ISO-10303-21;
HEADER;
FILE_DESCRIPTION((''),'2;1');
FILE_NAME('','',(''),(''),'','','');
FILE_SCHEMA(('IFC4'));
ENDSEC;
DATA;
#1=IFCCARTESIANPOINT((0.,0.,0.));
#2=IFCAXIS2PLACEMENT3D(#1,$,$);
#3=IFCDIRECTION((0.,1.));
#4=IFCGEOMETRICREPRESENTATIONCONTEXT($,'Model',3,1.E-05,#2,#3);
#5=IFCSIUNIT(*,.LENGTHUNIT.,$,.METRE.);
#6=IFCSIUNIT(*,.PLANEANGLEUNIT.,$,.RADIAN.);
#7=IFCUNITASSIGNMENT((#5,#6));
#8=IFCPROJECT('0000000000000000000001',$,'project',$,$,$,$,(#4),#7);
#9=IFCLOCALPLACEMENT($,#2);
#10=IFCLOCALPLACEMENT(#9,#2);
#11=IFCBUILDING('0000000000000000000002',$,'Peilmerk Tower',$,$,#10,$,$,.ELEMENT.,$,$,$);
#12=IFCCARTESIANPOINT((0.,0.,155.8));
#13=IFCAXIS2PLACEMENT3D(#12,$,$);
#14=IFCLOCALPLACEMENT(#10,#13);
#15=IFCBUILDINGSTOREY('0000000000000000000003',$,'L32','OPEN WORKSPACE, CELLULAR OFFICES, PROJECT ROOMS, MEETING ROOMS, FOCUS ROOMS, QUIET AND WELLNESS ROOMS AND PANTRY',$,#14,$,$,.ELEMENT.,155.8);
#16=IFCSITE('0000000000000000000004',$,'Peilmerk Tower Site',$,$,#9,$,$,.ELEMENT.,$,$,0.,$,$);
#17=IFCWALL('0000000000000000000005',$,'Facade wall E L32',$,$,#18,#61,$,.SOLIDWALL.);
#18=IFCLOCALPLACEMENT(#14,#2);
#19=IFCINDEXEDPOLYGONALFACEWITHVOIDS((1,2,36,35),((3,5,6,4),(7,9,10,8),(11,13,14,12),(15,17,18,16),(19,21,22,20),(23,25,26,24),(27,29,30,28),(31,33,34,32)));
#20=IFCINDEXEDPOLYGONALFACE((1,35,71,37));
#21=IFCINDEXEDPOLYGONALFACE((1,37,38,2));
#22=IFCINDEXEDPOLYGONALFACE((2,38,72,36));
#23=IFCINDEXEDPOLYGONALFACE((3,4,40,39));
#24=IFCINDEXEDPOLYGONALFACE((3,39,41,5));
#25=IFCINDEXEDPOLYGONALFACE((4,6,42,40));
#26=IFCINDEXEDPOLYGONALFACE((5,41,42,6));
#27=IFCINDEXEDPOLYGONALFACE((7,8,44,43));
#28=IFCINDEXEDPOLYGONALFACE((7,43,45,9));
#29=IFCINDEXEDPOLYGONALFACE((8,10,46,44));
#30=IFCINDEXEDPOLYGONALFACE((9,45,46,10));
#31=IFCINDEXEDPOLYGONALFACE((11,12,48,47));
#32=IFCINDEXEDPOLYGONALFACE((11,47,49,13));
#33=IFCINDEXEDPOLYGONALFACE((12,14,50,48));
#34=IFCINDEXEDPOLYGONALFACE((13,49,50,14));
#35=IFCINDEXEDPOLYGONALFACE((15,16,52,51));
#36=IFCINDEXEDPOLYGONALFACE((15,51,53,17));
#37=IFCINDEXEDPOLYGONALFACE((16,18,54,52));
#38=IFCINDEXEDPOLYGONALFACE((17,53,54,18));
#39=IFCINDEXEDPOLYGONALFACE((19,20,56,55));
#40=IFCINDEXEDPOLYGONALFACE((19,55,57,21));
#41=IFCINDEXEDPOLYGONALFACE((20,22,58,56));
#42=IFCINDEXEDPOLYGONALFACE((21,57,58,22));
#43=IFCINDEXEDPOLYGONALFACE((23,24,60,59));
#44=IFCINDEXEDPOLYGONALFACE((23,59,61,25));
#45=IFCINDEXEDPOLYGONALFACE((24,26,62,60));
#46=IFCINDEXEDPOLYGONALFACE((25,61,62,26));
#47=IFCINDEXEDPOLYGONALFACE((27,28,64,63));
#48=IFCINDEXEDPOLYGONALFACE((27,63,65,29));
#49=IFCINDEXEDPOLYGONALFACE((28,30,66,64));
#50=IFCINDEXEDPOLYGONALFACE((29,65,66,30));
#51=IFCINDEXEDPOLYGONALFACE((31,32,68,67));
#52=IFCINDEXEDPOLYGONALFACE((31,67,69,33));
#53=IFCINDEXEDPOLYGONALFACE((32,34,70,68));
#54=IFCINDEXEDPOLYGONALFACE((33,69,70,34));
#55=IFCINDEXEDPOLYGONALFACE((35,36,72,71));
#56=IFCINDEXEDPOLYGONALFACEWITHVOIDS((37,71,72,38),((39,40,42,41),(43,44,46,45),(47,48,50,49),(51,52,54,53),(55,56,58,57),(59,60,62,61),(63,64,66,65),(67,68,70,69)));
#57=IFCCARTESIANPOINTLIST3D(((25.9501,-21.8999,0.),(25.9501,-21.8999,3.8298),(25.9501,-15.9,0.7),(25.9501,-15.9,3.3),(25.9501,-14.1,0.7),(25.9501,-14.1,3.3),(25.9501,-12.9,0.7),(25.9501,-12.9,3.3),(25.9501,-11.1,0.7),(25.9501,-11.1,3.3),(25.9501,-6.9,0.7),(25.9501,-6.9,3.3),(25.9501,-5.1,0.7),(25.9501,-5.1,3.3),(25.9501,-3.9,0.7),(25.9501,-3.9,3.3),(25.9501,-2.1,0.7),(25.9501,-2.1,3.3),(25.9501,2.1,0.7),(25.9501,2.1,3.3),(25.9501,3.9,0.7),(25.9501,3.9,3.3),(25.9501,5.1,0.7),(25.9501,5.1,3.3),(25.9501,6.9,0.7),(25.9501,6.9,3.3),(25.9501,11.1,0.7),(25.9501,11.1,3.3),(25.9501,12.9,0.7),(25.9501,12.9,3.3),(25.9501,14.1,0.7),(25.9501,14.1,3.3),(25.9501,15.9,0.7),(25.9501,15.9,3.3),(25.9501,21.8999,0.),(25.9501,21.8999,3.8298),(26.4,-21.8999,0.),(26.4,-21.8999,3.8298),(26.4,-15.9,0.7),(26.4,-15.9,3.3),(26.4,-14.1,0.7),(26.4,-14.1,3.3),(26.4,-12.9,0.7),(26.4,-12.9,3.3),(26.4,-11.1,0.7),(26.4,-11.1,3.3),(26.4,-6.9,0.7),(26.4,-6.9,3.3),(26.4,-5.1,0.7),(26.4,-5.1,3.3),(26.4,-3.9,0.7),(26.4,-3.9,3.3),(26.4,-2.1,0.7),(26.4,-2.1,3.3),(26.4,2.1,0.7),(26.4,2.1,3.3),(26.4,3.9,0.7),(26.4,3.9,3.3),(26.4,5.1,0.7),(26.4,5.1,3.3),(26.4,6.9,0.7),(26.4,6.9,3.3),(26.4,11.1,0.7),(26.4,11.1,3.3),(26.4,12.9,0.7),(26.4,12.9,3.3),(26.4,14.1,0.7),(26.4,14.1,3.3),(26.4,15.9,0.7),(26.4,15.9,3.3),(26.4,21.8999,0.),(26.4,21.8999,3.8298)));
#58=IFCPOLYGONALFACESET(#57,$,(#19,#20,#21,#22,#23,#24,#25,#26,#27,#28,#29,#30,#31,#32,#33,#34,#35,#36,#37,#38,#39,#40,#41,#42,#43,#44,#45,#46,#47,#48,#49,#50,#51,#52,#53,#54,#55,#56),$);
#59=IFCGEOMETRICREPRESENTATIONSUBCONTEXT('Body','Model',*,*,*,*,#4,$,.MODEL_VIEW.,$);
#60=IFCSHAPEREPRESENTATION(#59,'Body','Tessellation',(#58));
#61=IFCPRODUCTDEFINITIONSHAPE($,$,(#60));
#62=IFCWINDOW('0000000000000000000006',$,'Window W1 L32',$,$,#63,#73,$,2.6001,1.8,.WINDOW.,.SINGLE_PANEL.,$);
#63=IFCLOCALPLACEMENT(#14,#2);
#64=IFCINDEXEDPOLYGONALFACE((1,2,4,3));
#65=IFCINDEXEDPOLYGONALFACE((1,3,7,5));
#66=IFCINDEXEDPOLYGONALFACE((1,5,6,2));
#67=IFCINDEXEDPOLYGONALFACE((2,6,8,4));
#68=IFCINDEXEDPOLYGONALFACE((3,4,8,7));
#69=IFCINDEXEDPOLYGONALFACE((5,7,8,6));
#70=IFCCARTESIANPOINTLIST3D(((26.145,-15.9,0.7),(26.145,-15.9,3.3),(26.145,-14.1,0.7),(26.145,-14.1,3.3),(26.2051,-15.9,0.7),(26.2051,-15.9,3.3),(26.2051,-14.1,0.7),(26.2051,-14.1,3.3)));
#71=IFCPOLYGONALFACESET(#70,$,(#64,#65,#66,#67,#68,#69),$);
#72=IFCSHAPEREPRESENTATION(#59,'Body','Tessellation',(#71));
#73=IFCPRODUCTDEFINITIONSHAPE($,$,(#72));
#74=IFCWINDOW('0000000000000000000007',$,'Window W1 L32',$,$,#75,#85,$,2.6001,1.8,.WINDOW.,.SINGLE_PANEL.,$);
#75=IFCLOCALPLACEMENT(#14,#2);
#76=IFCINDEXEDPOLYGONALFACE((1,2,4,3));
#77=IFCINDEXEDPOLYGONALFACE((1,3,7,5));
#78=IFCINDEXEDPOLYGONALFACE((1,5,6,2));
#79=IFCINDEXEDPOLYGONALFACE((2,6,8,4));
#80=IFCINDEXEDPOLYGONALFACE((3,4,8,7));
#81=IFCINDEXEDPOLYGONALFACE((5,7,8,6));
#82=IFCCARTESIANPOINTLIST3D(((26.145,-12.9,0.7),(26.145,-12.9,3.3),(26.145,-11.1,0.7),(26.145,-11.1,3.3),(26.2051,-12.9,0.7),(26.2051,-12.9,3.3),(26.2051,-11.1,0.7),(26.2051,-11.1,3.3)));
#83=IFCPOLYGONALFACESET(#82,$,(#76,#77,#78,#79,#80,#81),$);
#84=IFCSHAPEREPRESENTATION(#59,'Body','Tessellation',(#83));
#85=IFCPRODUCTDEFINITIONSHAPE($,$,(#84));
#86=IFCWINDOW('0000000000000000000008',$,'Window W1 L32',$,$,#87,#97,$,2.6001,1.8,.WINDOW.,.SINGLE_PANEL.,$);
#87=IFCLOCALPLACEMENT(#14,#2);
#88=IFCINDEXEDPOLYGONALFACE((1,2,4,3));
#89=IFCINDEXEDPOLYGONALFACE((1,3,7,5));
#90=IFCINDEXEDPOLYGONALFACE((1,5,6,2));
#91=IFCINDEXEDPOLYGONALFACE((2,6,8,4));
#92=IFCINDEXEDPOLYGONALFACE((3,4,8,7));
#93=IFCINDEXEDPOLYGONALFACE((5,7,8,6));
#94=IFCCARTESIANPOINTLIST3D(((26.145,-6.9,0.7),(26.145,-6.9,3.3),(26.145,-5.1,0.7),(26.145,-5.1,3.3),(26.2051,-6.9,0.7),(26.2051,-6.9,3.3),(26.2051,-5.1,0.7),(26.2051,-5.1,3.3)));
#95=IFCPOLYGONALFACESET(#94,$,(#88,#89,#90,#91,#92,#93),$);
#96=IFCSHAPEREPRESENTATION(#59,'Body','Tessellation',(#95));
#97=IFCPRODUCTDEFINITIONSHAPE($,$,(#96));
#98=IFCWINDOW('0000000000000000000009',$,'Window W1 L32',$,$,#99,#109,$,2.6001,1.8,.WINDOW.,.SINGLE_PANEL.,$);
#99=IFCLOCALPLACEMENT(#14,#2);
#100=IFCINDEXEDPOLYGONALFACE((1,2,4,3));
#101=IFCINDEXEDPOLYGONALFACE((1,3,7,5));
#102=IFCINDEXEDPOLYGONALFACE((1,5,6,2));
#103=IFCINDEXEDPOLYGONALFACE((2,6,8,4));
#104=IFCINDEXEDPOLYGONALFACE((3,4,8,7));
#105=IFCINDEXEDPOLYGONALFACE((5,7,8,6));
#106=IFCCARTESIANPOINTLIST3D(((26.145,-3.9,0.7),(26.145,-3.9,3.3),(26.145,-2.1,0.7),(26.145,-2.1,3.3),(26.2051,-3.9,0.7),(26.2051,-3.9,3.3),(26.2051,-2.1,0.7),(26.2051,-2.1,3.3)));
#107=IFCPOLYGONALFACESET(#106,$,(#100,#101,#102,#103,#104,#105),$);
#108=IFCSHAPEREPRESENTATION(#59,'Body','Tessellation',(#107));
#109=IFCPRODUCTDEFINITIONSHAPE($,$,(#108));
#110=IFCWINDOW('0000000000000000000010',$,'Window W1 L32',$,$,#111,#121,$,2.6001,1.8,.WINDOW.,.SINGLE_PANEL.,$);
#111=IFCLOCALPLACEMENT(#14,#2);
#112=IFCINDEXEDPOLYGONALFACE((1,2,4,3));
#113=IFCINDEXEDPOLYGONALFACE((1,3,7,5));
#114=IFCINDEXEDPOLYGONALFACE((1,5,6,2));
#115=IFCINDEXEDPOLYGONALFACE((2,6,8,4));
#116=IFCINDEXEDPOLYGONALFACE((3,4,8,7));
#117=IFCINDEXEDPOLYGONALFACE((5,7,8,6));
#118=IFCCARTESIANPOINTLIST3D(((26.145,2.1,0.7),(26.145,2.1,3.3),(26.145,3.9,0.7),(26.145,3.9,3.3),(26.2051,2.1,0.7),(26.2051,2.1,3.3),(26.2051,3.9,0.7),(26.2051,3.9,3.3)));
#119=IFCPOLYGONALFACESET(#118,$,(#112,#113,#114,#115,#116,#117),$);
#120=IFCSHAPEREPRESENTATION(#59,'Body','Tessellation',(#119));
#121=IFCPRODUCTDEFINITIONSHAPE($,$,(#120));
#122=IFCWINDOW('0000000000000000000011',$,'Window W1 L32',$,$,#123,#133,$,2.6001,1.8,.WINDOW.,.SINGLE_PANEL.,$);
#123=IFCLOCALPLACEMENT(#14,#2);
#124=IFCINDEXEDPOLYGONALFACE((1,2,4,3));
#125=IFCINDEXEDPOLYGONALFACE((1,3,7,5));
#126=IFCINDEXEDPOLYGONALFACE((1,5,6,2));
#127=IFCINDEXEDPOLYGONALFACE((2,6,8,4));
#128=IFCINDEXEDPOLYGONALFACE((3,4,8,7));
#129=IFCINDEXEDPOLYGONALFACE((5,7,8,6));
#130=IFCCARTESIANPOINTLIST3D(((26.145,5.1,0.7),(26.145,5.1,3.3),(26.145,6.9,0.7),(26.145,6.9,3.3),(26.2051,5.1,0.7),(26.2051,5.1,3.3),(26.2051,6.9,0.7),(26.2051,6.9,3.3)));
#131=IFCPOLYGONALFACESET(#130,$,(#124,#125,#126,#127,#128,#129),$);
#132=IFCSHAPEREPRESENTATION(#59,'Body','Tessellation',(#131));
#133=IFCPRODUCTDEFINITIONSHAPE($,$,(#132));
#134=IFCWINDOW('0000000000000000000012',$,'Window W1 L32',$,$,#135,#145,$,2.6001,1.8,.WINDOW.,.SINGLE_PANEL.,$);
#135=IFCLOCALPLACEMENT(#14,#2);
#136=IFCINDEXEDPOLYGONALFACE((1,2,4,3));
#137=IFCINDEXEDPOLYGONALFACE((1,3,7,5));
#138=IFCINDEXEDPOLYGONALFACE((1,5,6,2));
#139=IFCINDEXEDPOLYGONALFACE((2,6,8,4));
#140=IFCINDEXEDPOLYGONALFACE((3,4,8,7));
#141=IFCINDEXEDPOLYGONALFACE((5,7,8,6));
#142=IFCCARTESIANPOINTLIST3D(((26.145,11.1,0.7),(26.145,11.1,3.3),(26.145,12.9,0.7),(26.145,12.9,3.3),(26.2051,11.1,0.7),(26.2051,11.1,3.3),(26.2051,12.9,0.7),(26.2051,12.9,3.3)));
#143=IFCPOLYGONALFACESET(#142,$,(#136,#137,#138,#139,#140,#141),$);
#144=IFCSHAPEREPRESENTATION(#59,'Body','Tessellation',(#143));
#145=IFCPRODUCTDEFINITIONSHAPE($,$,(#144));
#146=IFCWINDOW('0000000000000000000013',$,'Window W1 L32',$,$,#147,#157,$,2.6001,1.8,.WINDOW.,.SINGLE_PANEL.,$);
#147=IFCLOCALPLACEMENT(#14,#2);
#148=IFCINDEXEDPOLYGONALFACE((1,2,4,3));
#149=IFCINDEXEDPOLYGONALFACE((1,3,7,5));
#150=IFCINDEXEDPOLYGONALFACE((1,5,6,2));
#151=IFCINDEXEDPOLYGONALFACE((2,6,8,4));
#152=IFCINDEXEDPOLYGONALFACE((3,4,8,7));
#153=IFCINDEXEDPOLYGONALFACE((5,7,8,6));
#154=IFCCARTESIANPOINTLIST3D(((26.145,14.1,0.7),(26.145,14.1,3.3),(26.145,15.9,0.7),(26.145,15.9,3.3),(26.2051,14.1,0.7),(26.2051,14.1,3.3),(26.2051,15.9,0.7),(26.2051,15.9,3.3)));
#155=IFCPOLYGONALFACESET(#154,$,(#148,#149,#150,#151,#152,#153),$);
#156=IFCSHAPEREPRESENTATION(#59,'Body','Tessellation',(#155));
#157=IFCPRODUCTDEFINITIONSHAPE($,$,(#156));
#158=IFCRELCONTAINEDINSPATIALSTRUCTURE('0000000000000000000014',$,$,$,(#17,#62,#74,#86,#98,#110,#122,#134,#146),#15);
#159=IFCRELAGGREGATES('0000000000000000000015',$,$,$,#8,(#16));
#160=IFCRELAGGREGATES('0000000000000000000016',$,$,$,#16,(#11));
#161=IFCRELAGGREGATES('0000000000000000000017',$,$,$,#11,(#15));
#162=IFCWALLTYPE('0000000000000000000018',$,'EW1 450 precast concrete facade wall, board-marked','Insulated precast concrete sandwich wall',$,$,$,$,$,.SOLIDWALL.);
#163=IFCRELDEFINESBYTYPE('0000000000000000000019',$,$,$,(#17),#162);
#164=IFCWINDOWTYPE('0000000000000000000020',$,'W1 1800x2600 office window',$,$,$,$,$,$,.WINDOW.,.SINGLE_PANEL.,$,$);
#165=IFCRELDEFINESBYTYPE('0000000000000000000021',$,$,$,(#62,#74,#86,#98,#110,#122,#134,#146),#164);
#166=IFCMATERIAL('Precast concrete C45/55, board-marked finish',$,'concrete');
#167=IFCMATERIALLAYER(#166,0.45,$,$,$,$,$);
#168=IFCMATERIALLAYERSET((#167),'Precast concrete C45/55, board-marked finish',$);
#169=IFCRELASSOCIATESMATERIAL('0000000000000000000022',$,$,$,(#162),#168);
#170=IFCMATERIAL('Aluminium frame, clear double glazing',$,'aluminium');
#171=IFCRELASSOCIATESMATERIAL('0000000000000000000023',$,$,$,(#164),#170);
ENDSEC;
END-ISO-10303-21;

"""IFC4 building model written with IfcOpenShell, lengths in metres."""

from ifc_helpers import new_model, si_unit, direction, frame, frame_2d, origin, place, context, subcontext, project, spatial, rectangle, extrude, material, layer, layer_set, type_object, element, fill, save


model = new_model("IFC4")

# Units and contexts
model_context = context("Model", 3, precision=1e-05, world=origin(), true_north=direction((0.0, 1.0)))
body_context = subcontext(model_context, "Body", "Model", "MODEL_VIEW")
ifc_project = project(units=[si_unit("LENGTHUNIT", "METRE"), si_unit("PLANEANGLEUNIT", "RADIAN")], contexts=[model_context])

# Site, building, storey
site_placement = place(None, origin())
site = spatial("IfcSite", under=ifc_project, at=site_placement, Name="Peilmerk Tower Site", CompositionType="ELEMENT", RefElevation=0.0)
building_placement = place(site_placement, origin())
building = spatial("IfcBuilding", under=site, at=building_placement, Name="Peilmerk Tower", CompositionType="ELEMENT")
storey_placement = place(building_placement, frame((0.0, 0.0, 155.8)))
storey = spatial("IfcBuildingStorey", under=building, at=storey_placement, Name="L32", Description="OPEN WORKSPACE, CELLULAR OFFICES, PROJECT ROOMS, MEETING ROOMS, FOCUS ROOMS, QUIET AND WELLNESS ROOMS AND PANTRY", CompositionType="ELEMENT", Elevation=155.8)

# Wall, openings, windows
ifc_material_1 = material(Name="Precast concrete C45/55, board-marked finish", Category="concrete")
ifc_layer_1 = layer(ifc_material_1, 0.45)
ifc_layer_set_1 = layer_set([ifc_layer_1], Name="Precast concrete C45/55, board-marked finish")
wall_type = type_object("IfcWallType", Name="EW1 450 precast concrete facade wall, board-marked", Description="Insulated precast concrete sandwich wall", PredefinedType="SOLIDWALL", material=ifc_layer_set_1)
wall_1_placement = place(storey_placement, frame((26.175, -21.8999, 0.0), z_axis=(0.0, 0.0, 1.0), x_axis=(0.0, 1.0, 0.0)))
wall_1 = element("IfcWall", 1, at=wall_1_placement, inside=storey, type_object=wall_type, Name="Facade wall E L32", PredefinedType="SOLIDWALL", context=body_context, shape_type="SweptSolid", body=[
    extrude(rectangle(XDim=43.7998, YDim=0.45, at=frame_2d((21.8999, 0.0))), origin(), (0.0, 0.0, 1.0), 3.8298),
])
opening_1_placement = place(wall_1_placement, frame((6.0, 0.0, 0.7)))
opening_1 = element("IfcOpeningElement", 2, at=opening_1_placement, cuts=wall_1, PredefinedType="OPENING", context=body_context, shape_type="SweptSolid", body=[
    extrude(rectangle(XDim=1.8, YDim=2.6001, at=frame_2d((0.8999, 1.3))), frame((0.0, 0.2349, 0.0), z_axis=(0.0, -1.0, 0.0), x_axis=(1.0, 0.0, 0.0)), (0.0, 0.0, 1.0), 0.47),
])
opening_2_placement = place(wall_1_placement, frame((9.0, 0.0, 0.7)))
opening_2 = element("IfcOpeningElement", 3, at=opening_2_placement, cuts=wall_1, PredefinedType="OPENING", context=body_context, shape_type="SweptSolid", body=[
    extrude(rectangle(XDim=1.8, YDim=2.6001, at=frame_2d((0.8999, 1.3))), frame((0.0, 0.2349, 0.0), z_axis=(0.0, -1.0, 0.0), x_axis=(1.0, 0.0, 0.0)), (0.0, 0.0, 1.0), 0.47),
])
opening_3_placement = place(wall_1_placement, frame((15.0, 0.0, 0.7)))
opening_3 = element("IfcOpeningElement", 4, at=opening_3_placement, cuts=wall_1, PredefinedType="OPENING", context=body_context, shape_type="SweptSolid", body=[
    extrude(rectangle(XDim=1.8, YDim=2.6001, at=frame_2d((0.8999, 1.3))), frame((0.0, 0.2349, 0.0), z_axis=(0.0, -1.0, 0.0), x_axis=(1.0, 0.0, 0.0)), (0.0, 0.0, 1.0), 0.47),
])
opening_4_placement = place(wall_1_placement, frame((18.0, 0.0, 0.7)))
opening_4 = element("IfcOpeningElement", 5, at=opening_4_placement, cuts=wall_1, PredefinedType="OPENING", context=body_context, shape_type="SweptSolid", body=[
    extrude(rectangle(XDim=1.8, YDim=2.6001, at=frame_2d((0.8999, 1.3))), frame((0.0, 0.2349, 0.0), z_axis=(0.0, -1.0, 0.0), x_axis=(1.0, 0.0, 0.0)), (0.0, 0.0, 1.0), 0.47),
])
opening_5_placement = place(wall_1_placement, frame((24.0, 0.0, 0.7)))
opening_5 = element("IfcOpeningElement", 6, at=opening_5_placement, cuts=wall_1, PredefinedType="OPENING", context=body_context, shape_type="SweptSolid", body=[
    extrude(rectangle(XDim=1.8, YDim=2.6001, at=frame_2d((0.8999, 1.3))), frame((0.0, 0.2349, 0.0), z_axis=(0.0, -1.0, 0.0), x_axis=(1.0, 0.0, 0.0)), (0.0, 0.0, 1.0), 0.47),
])
opening_6_placement = place(wall_1_placement, frame((27.0, 0.0, 0.7)))
opening_6 = element("IfcOpeningElement", 7, at=opening_6_placement, cuts=wall_1, PredefinedType="OPENING", context=body_context, shape_type="SweptSolid", body=[
    extrude(rectangle(XDim=1.8, YDim=2.6001, at=frame_2d((0.8999, 1.3))), frame((0.0, 0.2349, 0.0), z_axis=(0.0, -1.0, 0.0), x_axis=(1.0, 0.0, 0.0)), (0.0, 0.0, 1.0), 0.47),
])
opening_7_placement = place(wall_1_placement, frame((33.0, 0.0, 0.7)))
opening_7 = element("IfcOpeningElement", 8, at=opening_7_placement, cuts=wall_1, PredefinedType="OPENING", context=body_context, shape_type="SweptSolid", body=[
    extrude(rectangle(XDim=1.8, YDim=2.6001, at=frame_2d((0.8999, 1.3))), frame((0.0, 0.2349, 0.0), z_axis=(0.0, -1.0, 0.0), x_axis=(1.0, 0.0, 0.0)), (0.0, 0.0, 1.0), 0.47),
])
opening_8_placement = place(wall_1_placement, frame((36.0, 0.0, 0.7)))
opening_8 = element("IfcOpeningElement", 9, at=opening_8_placement, cuts=wall_1, PredefinedType="OPENING", context=body_context, shape_type="SweptSolid", body=[
    extrude(rectangle(XDim=1.8, YDim=2.6001, at=frame_2d((0.8999, 1.3))), frame((0.0, 0.2349, 0.0), z_axis=(0.0, -1.0, 0.0), x_axis=(1.0, 0.0, 0.0)), (0.0, 0.0, 1.0), 0.47),
])
ifc_material_2 = material(Name="Aluminium frame, clear double glazing", Category="aluminium")
window_type = type_object("IfcWindowType", Name="W1 1800x2600 office window", PartitioningType="SINGLE_PANEL", PredefinedType="WINDOW", material=ifc_material_2)
window_1_placement = place(opening_1_placement, origin())
window_1 = element("IfcWindow", 10, at=window_1_placement, inside=storey, type_object=window_type, Name="Window W1 L32", OverallHeight=2.6001, OverallWidth=1.8, PartitioningType="SINGLE_PANEL", PredefinedType="WINDOW", context=body_context, shape_type="SweptSolid", body=[
    extrude(rectangle(XDim=1.8, YDim=2.6001, at=frame_2d((0.8999, 1.3))), frame((0.0, 0.03, 0.0), z_axis=(0.0, -1.0, 0.0), x_axis=(1.0, 0.0, 0.0)), (0.0, 0.0, 1.0), 0.0601),
])
fill(opening_1, window_1)
window_2_placement = place(opening_2_placement, origin())
window_2 = element("IfcWindow", 11, at=window_2_placement, inside=storey, type_object=window_type, Name="Window W1 L32", OverallHeight=2.6001, OverallWidth=1.8, PartitioningType="SINGLE_PANEL", PredefinedType="WINDOW", context=body_context, shape_type="SweptSolid", body=[
    extrude(rectangle(XDim=1.8, YDim=2.6001, at=frame_2d((0.8999, 1.3))), frame((0.0, 0.03, 0.0), z_axis=(0.0, -1.0, 0.0), x_axis=(1.0, 0.0, 0.0)), (0.0, 0.0, 1.0), 0.0601),
])
fill(opening_2, window_2)
window_3_placement = place(opening_3_placement, origin())
window_3 = element("IfcWindow", 12, at=window_3_placement, inside=storey, type_object=window_type, Name="Window W1 L32", OverallHeight=2.6001, OverallWidth=1.8, PartitioningType="SINGLE_PANEL", PredefinedType="WINDOW", context=body_context, shape_type="SweptSolid", body=[
    extrude(rectangle(XDim=1.8, YDim=2.6001, at=frame_2d((0.8999, 1.3))), frame((0.0, 0.03, 0.0), z_axis=(0.0, -1.0, 0.0), x_axis=(1.0, 0.0, 0.0)), (0.0, 0.0, 1.0), 0.0601),
])
fill(opening_3, window_3)
window_4_placement = place(opening_4_placement, origin())
window_4 = element("IfcWindow", 13, at=window_4_placement, inside=storey, type_object=window_type, Name="Window W1 L32", OverallHeight=2.6001, OverallWidth=1.8, PartitioningType="SINGLE_PANEL", PredefinedType="WINDOW", context=body_context, shape_type="SweptSolid", body=[
    extrude(rectangle(XDim=1.8, YDim=2.6001, at=frame_2d((0.8999, 1.3))), frame((0.0, 0.03, 0.0), z_axis=(0.0, -1.0, 0.0), x_axis=(1.0, 0.0, 0.0)), (0.0, 0.0, 1.0), 0.0601),
])
fill(opening_4, window_4)
window_5_placement = place(opening_5_placement, origin())
window_5 = element("IfcWindow", 14, at=window_5_placement, inside=storey, type_object=window_type, Name="Window W1 L32", OverallHeight=2.6001, OverallWidth=1.8, PartitioningType="SINGLE_PANEL", PredefinedType="WINDOW", context=body_context, shape_type="SweptSolid", body=[
    extrude(rectangle(XDim=1.8, YDim=2.6001, at=frame_2d((0.8999, 1.3))), frame((0.0, 0.03, 0.0), z_axis=(0.0, -1.0, 0.0), x_axis=(1.0, 0.0, 0.0)), (0.0, 0.0, 1.0), 0.0601),
])
fill(opening_5, window_5)
window_6_placement = place(opening_6_placement, origin())
window_6 = element("IfcWindow", 15, at=window_6_placement, inside=storey, type_object=window_type, Name="Window W1 L32", OverallHeight=2.6001, OverallWidth=1.8, PartitioningType="SINGLE_PANEL", PredefinedType="WINDOW", context=body_context, shape_type="SweptSolid", body=[
    extrude(rectangle(XDim=1.8, YDim=2.6001, at=frame_2d((0.8999, 1.3))), frame((0.0, 0.03, 0.0), z_axis=(0.0, -1.0, 0.0), x_axis=(1.0, 0.0, 0.0)), (0.0, 0.0, 1.0), 0.0601),
])
fill(opening_6, window_6)
window_7_placement = place(opening_7_placement, origin())
window_7 = element("IfcWindow", 16, at=window_7_placement, inside=storey, type_object=window_type, Name="Window W1 L32", OverallHeight=2.6001, OverallWidth=1.8, PartitioningType="SINGLE_PANEL", PredefinedType="WINDOW", context=body_context, shape_type="SweptSolid", body=[
    extrude(rectangle(XDim=1.8, YDim=2.6001, at=frame_2d((0.8999, 1.3))), frame((0.0, 0.03, 0.0), z_axis=(0.0, -1.0, 0.0), x_axis=(1.0, 0.0, 0.0)), (0.0, 0.0, 1.0), 0.0601),
])
fill(opening_7, window_7)
window_8_placement = place(opening_8_placement, origin())
window_8 = element("IfcWindow", 17, at=window_8_placement, inside=storey, type_object=window_type, Name="Window W1 L32", OverallHeight=2.6001, OverallWidth=1.8, PartitioningType="SINGLE_PANEL", PredefinedType="WINDOW", context=body_context, shape_type="SweptSolid", body=[
    extrude(rectangle(XDim=1.8, YDim=2.6001, at=frame_2d((0.8999, 1.3))), frame((0.0, 0.03, 0.0), z_axis=(0.0, -1.0, 0.0), x_axis=(1.0, 0.0, 0.0)), (0.0, 0.0, 1.0), 0.0601),
])
fill(opening_8, window_8)

save(model, "model.ifc")
